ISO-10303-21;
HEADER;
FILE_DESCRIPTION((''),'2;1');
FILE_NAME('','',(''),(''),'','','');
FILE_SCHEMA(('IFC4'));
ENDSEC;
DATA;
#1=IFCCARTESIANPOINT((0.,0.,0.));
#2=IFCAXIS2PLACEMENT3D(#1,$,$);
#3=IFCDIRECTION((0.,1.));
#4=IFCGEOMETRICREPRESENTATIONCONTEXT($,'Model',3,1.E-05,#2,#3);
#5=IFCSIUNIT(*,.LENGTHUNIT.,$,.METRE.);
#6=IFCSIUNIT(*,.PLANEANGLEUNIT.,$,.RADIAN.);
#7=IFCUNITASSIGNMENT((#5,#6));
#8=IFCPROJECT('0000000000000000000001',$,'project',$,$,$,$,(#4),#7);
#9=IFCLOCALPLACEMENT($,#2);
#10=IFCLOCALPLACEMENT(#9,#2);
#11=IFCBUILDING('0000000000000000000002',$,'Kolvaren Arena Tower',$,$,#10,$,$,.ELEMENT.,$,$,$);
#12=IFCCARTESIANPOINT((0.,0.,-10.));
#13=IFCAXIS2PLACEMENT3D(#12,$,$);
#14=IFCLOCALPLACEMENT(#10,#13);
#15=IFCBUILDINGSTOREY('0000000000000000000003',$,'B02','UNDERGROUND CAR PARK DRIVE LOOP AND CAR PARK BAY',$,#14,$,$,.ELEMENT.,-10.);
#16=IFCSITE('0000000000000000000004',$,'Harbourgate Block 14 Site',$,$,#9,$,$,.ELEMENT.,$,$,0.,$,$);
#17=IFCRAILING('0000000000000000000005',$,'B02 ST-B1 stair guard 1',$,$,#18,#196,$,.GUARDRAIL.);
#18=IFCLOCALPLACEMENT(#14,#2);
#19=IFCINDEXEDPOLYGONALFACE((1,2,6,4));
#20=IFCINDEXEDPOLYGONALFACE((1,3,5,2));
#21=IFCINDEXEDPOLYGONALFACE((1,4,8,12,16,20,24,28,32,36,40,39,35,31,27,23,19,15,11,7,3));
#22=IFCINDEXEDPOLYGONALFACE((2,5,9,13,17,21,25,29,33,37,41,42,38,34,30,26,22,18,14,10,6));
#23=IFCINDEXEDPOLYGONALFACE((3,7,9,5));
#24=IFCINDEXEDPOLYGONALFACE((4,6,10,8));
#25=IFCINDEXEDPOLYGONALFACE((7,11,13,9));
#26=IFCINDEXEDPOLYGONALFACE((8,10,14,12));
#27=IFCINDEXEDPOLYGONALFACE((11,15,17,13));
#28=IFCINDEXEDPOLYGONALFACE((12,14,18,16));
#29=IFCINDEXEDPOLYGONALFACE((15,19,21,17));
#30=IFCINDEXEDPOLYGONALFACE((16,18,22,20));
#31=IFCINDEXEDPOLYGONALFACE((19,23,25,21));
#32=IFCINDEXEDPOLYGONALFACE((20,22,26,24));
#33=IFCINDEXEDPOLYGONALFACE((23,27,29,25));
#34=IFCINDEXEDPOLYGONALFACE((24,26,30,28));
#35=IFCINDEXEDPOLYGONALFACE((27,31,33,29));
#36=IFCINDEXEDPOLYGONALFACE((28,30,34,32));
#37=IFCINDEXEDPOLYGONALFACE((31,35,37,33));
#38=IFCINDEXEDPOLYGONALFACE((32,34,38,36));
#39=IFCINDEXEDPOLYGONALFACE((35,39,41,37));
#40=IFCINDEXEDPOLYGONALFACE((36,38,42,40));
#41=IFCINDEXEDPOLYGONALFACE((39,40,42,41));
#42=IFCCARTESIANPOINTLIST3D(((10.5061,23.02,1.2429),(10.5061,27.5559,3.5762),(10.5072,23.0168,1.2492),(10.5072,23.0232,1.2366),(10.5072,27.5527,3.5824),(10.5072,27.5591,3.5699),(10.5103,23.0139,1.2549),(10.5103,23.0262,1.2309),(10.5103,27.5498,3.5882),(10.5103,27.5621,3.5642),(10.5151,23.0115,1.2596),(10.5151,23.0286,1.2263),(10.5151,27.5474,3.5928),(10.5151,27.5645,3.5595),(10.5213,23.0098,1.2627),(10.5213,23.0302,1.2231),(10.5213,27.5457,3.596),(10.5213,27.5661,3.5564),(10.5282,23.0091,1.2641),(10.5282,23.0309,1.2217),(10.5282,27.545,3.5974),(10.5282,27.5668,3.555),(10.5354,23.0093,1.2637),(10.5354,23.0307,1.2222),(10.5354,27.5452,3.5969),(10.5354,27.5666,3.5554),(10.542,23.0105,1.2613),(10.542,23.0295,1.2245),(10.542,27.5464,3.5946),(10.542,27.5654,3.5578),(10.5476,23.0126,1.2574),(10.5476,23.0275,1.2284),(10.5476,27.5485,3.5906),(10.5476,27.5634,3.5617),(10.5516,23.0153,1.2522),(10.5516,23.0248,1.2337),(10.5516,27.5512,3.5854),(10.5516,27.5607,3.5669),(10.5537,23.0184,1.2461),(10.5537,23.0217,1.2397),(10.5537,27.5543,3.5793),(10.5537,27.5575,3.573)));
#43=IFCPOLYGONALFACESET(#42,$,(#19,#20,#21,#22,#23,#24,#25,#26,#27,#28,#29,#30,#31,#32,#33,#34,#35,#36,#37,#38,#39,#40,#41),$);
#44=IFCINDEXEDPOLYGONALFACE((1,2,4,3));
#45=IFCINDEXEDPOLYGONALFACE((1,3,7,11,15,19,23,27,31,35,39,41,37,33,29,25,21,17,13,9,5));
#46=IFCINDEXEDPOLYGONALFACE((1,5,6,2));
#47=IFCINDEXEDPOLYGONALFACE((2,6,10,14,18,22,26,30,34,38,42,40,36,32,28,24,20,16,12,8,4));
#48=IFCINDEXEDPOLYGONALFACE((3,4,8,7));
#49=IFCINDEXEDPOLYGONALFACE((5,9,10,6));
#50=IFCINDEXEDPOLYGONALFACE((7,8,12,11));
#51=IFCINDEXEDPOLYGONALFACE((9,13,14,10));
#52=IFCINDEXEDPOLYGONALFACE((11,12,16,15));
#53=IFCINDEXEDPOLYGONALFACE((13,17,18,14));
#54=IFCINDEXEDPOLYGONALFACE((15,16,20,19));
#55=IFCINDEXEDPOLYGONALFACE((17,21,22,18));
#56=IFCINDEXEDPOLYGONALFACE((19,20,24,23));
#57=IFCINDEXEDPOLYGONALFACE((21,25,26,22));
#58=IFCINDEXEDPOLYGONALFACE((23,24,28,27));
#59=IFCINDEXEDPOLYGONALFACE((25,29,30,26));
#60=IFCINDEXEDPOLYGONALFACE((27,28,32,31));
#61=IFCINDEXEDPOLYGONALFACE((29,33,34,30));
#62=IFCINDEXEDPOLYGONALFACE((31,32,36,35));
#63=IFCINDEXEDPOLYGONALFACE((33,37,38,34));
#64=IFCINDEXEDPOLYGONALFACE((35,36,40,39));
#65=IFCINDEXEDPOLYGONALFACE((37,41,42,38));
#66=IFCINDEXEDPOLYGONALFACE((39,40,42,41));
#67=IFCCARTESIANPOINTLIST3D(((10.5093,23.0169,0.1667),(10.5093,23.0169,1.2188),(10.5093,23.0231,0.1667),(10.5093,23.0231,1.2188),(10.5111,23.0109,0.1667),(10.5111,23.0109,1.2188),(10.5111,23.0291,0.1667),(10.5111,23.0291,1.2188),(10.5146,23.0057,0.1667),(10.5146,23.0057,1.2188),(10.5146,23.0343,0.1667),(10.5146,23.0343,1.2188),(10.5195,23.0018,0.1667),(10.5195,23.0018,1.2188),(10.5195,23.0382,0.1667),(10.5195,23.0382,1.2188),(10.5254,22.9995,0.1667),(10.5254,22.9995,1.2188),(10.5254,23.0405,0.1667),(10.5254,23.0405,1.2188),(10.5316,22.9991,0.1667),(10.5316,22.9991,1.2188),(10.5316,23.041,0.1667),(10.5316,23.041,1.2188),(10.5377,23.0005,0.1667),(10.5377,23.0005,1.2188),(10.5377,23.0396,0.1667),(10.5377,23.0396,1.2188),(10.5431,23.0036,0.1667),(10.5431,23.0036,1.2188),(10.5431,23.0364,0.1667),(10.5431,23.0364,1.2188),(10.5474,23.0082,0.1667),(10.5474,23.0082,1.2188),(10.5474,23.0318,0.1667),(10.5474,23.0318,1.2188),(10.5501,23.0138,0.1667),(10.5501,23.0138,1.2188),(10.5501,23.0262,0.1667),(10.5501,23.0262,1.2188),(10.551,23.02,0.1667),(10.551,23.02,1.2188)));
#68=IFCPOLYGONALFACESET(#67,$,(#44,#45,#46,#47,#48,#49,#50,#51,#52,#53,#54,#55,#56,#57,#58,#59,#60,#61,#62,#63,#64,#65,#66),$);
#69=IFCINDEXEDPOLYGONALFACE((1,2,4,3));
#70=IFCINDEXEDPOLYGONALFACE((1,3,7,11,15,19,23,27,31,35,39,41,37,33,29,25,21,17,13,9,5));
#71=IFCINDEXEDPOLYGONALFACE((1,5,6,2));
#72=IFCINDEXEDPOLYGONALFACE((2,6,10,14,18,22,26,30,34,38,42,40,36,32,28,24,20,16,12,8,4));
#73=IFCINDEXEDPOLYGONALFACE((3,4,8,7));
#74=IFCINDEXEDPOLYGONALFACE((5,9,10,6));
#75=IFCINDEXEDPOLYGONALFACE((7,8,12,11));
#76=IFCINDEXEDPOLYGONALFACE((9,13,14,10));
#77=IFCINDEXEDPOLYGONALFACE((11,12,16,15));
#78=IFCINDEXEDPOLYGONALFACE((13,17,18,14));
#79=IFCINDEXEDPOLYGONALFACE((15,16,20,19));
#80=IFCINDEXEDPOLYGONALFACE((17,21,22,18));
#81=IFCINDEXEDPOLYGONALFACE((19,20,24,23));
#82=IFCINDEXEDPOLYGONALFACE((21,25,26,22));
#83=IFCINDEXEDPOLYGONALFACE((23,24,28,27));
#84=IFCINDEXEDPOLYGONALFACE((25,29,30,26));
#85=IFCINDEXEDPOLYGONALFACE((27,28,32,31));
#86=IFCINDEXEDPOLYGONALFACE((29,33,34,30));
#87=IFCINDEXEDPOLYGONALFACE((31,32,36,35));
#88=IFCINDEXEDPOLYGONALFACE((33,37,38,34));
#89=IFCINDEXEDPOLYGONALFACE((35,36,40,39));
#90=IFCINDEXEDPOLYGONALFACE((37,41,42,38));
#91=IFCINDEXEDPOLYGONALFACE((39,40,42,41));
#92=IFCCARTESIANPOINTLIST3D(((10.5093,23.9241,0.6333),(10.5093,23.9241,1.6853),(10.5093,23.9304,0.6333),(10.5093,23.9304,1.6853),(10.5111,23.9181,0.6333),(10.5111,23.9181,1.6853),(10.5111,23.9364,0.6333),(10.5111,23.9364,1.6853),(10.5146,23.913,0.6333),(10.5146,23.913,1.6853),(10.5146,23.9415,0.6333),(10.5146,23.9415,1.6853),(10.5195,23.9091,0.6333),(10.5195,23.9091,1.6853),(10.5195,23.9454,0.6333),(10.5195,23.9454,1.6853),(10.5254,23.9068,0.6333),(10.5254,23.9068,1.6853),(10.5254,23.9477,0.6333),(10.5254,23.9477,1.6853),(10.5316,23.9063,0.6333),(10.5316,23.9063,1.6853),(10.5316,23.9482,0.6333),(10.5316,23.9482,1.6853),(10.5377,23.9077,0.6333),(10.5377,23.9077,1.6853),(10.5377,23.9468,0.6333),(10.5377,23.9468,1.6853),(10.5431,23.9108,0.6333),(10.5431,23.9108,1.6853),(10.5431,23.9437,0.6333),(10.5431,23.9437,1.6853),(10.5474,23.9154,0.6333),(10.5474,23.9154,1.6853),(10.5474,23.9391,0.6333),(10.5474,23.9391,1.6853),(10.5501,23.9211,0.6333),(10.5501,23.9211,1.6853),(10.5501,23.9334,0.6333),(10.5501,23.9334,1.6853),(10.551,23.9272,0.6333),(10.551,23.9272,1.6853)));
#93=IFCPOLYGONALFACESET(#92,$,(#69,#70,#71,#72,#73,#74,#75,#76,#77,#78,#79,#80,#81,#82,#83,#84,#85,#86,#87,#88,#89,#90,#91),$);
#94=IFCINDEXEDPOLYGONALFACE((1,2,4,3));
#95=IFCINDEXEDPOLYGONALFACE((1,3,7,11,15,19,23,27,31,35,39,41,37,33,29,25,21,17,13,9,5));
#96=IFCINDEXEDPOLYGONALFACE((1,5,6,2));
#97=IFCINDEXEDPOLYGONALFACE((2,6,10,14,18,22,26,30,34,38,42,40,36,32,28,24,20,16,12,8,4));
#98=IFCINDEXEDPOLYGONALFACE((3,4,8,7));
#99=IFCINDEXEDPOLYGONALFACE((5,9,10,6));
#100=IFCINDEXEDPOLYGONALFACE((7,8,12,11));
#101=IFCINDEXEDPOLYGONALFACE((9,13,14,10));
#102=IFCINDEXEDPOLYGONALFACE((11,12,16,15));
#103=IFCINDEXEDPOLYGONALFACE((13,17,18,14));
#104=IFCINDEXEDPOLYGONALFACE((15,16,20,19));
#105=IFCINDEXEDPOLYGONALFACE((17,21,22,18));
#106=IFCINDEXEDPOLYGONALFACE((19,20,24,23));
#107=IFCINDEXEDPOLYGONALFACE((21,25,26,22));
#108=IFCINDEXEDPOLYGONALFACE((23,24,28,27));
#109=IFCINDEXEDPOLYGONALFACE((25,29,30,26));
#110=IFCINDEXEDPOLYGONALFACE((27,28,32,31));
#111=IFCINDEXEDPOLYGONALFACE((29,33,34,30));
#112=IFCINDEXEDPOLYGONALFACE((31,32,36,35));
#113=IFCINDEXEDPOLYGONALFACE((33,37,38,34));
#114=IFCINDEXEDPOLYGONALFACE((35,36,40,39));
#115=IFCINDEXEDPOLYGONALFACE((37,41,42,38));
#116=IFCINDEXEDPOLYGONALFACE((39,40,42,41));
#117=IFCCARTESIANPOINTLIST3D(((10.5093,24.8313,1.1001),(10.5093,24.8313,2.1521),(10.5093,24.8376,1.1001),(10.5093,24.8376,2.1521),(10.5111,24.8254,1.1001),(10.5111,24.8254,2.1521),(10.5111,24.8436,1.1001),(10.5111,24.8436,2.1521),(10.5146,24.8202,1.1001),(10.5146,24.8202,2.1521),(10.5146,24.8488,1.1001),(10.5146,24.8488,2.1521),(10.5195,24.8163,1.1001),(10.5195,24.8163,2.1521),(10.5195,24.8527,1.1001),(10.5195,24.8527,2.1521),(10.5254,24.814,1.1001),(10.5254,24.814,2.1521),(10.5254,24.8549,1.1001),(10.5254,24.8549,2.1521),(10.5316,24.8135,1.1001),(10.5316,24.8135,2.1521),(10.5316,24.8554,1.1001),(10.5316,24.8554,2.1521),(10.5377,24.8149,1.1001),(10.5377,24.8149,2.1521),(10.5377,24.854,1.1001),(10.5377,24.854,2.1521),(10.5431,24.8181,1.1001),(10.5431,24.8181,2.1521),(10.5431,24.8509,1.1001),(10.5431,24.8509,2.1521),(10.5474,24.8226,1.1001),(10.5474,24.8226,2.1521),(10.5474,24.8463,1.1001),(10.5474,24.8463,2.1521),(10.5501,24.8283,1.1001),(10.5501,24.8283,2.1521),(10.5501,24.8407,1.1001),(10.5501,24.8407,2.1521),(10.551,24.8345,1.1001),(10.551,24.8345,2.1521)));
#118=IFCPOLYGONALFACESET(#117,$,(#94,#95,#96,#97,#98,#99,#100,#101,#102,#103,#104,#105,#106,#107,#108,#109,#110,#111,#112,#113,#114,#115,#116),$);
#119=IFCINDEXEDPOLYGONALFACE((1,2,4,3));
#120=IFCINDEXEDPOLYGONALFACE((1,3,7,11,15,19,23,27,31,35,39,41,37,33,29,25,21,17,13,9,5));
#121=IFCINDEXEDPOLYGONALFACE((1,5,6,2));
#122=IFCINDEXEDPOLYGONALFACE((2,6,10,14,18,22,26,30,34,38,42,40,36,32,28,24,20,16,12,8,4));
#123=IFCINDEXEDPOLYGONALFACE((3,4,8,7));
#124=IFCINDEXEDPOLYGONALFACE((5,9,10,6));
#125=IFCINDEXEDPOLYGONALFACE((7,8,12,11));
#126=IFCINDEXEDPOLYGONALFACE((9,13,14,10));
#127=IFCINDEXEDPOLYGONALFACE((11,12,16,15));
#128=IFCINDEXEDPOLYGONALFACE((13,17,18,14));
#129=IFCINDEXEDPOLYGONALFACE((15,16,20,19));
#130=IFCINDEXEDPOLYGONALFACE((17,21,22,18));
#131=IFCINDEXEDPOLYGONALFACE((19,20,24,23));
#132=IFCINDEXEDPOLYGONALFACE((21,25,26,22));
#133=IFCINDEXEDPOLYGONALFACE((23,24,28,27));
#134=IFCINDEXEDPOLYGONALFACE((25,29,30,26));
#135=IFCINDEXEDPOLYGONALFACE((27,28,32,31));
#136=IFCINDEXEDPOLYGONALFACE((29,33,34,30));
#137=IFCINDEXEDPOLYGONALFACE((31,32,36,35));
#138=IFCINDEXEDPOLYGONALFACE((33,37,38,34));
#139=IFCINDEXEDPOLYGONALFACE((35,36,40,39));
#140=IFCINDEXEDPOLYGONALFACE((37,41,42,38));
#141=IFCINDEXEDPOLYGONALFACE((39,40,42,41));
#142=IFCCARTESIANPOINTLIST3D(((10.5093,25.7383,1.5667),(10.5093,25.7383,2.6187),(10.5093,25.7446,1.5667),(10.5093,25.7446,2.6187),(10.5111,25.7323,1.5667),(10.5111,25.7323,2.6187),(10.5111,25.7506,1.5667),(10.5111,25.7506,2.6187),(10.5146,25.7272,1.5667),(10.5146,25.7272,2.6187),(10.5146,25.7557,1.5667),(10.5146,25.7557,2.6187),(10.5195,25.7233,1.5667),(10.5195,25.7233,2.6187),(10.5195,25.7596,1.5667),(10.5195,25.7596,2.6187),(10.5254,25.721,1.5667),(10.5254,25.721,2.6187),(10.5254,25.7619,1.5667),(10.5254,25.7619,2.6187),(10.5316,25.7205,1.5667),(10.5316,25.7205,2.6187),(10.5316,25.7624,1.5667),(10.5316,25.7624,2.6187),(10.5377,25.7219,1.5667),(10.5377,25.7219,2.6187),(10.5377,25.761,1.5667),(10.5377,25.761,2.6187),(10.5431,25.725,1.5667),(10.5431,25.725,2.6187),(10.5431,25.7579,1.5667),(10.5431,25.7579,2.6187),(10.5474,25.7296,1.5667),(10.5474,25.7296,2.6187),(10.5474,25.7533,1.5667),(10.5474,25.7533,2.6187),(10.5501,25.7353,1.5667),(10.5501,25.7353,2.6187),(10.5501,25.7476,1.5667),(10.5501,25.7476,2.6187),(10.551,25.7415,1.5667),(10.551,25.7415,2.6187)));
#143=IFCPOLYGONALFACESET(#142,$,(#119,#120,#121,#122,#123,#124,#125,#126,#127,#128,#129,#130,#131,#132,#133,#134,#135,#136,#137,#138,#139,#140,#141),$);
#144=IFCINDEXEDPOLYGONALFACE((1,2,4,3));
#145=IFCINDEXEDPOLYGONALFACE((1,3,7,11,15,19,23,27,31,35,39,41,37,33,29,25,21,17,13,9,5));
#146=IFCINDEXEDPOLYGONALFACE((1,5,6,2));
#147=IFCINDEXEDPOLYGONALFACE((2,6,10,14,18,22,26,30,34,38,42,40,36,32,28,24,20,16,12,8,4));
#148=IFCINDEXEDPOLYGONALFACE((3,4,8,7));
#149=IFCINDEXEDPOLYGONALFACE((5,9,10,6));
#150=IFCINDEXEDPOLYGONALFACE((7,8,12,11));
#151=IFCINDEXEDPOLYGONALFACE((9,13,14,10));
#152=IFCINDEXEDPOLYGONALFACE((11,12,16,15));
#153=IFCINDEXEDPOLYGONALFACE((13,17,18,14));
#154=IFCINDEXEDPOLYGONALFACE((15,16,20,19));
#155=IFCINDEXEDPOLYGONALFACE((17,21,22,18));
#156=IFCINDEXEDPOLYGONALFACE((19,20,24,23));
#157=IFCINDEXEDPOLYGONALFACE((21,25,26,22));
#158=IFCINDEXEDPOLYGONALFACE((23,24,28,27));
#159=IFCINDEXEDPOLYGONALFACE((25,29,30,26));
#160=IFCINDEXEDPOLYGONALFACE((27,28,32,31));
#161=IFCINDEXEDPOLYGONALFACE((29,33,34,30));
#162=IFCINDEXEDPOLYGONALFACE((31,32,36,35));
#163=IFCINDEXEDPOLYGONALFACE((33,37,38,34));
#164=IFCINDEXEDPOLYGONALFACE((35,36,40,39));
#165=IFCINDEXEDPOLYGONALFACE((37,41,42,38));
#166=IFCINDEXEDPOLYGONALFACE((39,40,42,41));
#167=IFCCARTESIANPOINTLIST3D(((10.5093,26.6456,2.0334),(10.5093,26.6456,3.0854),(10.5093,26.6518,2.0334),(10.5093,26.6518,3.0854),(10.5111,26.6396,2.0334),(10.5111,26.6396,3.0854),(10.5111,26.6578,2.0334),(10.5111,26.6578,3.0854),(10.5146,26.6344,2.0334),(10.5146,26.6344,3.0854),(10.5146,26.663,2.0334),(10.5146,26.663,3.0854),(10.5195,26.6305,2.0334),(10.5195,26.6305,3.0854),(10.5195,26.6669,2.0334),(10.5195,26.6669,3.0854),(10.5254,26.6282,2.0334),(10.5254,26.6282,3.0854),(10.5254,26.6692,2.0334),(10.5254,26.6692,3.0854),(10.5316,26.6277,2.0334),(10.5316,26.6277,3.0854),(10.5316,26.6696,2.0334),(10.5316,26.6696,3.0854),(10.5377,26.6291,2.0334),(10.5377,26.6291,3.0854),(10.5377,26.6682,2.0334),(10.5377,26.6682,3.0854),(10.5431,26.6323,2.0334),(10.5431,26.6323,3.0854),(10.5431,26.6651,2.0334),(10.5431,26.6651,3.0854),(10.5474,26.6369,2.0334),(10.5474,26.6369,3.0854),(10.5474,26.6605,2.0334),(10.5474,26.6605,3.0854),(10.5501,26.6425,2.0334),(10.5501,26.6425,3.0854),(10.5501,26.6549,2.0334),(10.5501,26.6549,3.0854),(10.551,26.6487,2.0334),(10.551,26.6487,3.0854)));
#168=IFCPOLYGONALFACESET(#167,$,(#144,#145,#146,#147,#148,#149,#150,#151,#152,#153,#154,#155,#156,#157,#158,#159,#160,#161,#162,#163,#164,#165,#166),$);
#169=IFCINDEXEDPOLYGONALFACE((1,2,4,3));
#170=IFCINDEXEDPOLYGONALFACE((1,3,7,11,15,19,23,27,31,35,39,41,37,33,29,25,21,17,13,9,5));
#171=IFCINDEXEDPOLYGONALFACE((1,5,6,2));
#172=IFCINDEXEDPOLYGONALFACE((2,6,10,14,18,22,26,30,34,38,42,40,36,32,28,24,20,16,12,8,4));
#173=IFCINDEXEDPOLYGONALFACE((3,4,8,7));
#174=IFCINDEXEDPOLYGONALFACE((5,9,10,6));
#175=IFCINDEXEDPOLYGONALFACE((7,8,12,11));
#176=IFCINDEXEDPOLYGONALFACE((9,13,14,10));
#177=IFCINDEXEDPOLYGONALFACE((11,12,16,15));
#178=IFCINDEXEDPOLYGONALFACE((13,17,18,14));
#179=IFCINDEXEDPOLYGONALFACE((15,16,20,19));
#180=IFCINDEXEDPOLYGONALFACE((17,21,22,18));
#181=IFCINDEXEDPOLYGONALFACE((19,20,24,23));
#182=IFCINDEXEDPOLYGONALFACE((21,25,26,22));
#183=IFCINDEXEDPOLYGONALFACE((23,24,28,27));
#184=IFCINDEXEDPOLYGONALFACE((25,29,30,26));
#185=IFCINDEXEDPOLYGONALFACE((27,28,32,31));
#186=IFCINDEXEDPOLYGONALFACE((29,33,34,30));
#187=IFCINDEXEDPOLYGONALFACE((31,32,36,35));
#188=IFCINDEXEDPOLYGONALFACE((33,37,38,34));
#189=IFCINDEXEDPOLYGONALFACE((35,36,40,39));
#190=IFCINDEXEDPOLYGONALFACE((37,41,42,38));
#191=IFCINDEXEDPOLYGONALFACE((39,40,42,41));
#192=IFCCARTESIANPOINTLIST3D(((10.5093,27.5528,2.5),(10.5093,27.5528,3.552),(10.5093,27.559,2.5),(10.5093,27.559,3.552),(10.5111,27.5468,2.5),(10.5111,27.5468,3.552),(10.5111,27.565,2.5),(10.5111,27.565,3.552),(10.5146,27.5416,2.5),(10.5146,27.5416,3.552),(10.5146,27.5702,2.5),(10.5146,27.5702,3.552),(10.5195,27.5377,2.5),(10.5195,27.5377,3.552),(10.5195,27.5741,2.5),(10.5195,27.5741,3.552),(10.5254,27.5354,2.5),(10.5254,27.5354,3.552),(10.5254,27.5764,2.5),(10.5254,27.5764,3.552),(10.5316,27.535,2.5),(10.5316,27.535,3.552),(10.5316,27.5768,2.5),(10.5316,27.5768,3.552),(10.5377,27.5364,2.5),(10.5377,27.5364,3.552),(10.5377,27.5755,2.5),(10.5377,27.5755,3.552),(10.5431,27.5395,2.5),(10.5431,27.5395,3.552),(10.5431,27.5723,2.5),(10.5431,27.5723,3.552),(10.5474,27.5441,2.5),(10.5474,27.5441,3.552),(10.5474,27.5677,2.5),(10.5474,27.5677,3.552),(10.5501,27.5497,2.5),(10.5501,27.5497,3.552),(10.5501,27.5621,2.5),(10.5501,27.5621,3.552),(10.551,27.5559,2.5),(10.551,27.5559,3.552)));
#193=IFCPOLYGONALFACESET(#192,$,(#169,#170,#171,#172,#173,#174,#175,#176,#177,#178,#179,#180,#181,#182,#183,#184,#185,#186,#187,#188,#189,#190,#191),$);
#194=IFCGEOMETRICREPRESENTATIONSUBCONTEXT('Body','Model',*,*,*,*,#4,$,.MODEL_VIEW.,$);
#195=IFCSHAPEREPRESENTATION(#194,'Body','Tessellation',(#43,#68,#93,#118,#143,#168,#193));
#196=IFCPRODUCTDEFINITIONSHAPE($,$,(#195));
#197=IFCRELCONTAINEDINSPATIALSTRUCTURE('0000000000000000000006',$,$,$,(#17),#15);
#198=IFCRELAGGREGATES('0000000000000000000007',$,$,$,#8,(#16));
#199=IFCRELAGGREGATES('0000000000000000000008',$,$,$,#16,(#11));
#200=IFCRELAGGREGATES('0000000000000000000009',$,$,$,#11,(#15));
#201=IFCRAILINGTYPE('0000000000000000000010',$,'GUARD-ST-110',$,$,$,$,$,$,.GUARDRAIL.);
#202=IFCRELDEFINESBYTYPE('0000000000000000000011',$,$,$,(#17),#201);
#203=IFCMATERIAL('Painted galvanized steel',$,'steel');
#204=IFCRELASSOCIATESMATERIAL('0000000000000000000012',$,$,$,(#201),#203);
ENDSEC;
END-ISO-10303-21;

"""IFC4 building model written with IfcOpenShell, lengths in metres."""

from ifc_helpers import new_model, si_unit, direction, frame, origin, origin_2d, place, context, subcontext, project, spatial, circle, extrude, material, type_object, element, save


model = new_model("IFC4")

# Units and contexts
model_context = context("Model", 3, precision=1e-05, world=origin(), true_north=direction((0.0, 1.0)))
body_context = subcontext(model_context, "Body", "Model", "MODEL_VIEW")
ifc_project = project(units=[si_unit("LENGTHUNIT", "METRE"), si_unit("PLANEANGLEUNIT", "RADIAN")], contexts=[model_context])

# Site, building, storey
site_placement = place(None, origin())
site = spatial("IfcSite", under=ifc_project, at=site_placement, Name="Harbourgate Block 14 Site", CompositionType="ELEMENT", RefElevation=0.0)
building_placement = place(site_placement, origin())
building = spatial("IfcBuilding", under=site, at=building_placement, Name="Kolvaren Arena Tower", CompositionType="ELEMENT")
storey_placement = place(building_placement, frame((0.0, 0.0, -10.0)))
storey = spatial("IfcBuildingStorey", under=building, at=storey_placement, Name="B02", Description="UNDERGROUND CAR PARK DRIVE LOOP AND CAR PARK BAY", CompositionType="ELEMENT", Elevation=-10.0)

# Railing
ifc_material_1 = material(Name="Painted galvanized steel", Category="steel")
railing_type_1 = type_object("IfcRailingType", Name="GUARD-ST-110", PredefinedType="GUARDRAIL", material=ifc_material_1)
railing_1_placement = place(storey_placement, frame((10.53, 23.02, 0.1667)))
element("IfcRailing", 1, at=railing_1_placement, inside=storey, type_object=railing_type_1, Name="B02 ST-B1 stair guard 1", PredefinedType="GUARDRAIL", context=body_context, shape_type="SweptSolid", body=[
    extrude(circle(Radius=0.0239, at=origin_2d()), frame((0.0, 0.0, 1.0762), z_axis=(0.0, 0.889247, 0.457427), x_axis=(-1.0, 0.0, 0.0)), (0.0, 0.0, 1.0), 5.1008),
    extrude(circle(Radius=0.021, at=origin_2d()), origin(), (0.0, 0.0, 1.0), 1.052),
    extrude(circle(Radius=0.021, at=origin_2d()), frame((0.0, 0.9072, 0.4666)), (0.0, 0.0, 1.0), 1.052),
    extrude(circle(Radius=0.021, at=origin_2d()), frame((0.0, 1.8145, 0.9333)), (0.0, 0.0, 1.0), 1.052),
    extrude(circle(Radius=0.021, at=origin_2d()), frame((0.0, 2.7214, 1.3999)), (0.0, 0.0, 1.0), 1.052),
    extrude(circle(Radius=0.021, at=origin_2d()), frame((0.0, 3.6287, 1.8667)), (0.0, 0.0, 1.0), 1.052),
    extrude(circle(Radius=0.021, at=origin_2d()), frame((0.0, 4.5359, 2.3333)), (0.0, 0.0, 1.0), 1.052),
])

save(model, "model.ifc")
